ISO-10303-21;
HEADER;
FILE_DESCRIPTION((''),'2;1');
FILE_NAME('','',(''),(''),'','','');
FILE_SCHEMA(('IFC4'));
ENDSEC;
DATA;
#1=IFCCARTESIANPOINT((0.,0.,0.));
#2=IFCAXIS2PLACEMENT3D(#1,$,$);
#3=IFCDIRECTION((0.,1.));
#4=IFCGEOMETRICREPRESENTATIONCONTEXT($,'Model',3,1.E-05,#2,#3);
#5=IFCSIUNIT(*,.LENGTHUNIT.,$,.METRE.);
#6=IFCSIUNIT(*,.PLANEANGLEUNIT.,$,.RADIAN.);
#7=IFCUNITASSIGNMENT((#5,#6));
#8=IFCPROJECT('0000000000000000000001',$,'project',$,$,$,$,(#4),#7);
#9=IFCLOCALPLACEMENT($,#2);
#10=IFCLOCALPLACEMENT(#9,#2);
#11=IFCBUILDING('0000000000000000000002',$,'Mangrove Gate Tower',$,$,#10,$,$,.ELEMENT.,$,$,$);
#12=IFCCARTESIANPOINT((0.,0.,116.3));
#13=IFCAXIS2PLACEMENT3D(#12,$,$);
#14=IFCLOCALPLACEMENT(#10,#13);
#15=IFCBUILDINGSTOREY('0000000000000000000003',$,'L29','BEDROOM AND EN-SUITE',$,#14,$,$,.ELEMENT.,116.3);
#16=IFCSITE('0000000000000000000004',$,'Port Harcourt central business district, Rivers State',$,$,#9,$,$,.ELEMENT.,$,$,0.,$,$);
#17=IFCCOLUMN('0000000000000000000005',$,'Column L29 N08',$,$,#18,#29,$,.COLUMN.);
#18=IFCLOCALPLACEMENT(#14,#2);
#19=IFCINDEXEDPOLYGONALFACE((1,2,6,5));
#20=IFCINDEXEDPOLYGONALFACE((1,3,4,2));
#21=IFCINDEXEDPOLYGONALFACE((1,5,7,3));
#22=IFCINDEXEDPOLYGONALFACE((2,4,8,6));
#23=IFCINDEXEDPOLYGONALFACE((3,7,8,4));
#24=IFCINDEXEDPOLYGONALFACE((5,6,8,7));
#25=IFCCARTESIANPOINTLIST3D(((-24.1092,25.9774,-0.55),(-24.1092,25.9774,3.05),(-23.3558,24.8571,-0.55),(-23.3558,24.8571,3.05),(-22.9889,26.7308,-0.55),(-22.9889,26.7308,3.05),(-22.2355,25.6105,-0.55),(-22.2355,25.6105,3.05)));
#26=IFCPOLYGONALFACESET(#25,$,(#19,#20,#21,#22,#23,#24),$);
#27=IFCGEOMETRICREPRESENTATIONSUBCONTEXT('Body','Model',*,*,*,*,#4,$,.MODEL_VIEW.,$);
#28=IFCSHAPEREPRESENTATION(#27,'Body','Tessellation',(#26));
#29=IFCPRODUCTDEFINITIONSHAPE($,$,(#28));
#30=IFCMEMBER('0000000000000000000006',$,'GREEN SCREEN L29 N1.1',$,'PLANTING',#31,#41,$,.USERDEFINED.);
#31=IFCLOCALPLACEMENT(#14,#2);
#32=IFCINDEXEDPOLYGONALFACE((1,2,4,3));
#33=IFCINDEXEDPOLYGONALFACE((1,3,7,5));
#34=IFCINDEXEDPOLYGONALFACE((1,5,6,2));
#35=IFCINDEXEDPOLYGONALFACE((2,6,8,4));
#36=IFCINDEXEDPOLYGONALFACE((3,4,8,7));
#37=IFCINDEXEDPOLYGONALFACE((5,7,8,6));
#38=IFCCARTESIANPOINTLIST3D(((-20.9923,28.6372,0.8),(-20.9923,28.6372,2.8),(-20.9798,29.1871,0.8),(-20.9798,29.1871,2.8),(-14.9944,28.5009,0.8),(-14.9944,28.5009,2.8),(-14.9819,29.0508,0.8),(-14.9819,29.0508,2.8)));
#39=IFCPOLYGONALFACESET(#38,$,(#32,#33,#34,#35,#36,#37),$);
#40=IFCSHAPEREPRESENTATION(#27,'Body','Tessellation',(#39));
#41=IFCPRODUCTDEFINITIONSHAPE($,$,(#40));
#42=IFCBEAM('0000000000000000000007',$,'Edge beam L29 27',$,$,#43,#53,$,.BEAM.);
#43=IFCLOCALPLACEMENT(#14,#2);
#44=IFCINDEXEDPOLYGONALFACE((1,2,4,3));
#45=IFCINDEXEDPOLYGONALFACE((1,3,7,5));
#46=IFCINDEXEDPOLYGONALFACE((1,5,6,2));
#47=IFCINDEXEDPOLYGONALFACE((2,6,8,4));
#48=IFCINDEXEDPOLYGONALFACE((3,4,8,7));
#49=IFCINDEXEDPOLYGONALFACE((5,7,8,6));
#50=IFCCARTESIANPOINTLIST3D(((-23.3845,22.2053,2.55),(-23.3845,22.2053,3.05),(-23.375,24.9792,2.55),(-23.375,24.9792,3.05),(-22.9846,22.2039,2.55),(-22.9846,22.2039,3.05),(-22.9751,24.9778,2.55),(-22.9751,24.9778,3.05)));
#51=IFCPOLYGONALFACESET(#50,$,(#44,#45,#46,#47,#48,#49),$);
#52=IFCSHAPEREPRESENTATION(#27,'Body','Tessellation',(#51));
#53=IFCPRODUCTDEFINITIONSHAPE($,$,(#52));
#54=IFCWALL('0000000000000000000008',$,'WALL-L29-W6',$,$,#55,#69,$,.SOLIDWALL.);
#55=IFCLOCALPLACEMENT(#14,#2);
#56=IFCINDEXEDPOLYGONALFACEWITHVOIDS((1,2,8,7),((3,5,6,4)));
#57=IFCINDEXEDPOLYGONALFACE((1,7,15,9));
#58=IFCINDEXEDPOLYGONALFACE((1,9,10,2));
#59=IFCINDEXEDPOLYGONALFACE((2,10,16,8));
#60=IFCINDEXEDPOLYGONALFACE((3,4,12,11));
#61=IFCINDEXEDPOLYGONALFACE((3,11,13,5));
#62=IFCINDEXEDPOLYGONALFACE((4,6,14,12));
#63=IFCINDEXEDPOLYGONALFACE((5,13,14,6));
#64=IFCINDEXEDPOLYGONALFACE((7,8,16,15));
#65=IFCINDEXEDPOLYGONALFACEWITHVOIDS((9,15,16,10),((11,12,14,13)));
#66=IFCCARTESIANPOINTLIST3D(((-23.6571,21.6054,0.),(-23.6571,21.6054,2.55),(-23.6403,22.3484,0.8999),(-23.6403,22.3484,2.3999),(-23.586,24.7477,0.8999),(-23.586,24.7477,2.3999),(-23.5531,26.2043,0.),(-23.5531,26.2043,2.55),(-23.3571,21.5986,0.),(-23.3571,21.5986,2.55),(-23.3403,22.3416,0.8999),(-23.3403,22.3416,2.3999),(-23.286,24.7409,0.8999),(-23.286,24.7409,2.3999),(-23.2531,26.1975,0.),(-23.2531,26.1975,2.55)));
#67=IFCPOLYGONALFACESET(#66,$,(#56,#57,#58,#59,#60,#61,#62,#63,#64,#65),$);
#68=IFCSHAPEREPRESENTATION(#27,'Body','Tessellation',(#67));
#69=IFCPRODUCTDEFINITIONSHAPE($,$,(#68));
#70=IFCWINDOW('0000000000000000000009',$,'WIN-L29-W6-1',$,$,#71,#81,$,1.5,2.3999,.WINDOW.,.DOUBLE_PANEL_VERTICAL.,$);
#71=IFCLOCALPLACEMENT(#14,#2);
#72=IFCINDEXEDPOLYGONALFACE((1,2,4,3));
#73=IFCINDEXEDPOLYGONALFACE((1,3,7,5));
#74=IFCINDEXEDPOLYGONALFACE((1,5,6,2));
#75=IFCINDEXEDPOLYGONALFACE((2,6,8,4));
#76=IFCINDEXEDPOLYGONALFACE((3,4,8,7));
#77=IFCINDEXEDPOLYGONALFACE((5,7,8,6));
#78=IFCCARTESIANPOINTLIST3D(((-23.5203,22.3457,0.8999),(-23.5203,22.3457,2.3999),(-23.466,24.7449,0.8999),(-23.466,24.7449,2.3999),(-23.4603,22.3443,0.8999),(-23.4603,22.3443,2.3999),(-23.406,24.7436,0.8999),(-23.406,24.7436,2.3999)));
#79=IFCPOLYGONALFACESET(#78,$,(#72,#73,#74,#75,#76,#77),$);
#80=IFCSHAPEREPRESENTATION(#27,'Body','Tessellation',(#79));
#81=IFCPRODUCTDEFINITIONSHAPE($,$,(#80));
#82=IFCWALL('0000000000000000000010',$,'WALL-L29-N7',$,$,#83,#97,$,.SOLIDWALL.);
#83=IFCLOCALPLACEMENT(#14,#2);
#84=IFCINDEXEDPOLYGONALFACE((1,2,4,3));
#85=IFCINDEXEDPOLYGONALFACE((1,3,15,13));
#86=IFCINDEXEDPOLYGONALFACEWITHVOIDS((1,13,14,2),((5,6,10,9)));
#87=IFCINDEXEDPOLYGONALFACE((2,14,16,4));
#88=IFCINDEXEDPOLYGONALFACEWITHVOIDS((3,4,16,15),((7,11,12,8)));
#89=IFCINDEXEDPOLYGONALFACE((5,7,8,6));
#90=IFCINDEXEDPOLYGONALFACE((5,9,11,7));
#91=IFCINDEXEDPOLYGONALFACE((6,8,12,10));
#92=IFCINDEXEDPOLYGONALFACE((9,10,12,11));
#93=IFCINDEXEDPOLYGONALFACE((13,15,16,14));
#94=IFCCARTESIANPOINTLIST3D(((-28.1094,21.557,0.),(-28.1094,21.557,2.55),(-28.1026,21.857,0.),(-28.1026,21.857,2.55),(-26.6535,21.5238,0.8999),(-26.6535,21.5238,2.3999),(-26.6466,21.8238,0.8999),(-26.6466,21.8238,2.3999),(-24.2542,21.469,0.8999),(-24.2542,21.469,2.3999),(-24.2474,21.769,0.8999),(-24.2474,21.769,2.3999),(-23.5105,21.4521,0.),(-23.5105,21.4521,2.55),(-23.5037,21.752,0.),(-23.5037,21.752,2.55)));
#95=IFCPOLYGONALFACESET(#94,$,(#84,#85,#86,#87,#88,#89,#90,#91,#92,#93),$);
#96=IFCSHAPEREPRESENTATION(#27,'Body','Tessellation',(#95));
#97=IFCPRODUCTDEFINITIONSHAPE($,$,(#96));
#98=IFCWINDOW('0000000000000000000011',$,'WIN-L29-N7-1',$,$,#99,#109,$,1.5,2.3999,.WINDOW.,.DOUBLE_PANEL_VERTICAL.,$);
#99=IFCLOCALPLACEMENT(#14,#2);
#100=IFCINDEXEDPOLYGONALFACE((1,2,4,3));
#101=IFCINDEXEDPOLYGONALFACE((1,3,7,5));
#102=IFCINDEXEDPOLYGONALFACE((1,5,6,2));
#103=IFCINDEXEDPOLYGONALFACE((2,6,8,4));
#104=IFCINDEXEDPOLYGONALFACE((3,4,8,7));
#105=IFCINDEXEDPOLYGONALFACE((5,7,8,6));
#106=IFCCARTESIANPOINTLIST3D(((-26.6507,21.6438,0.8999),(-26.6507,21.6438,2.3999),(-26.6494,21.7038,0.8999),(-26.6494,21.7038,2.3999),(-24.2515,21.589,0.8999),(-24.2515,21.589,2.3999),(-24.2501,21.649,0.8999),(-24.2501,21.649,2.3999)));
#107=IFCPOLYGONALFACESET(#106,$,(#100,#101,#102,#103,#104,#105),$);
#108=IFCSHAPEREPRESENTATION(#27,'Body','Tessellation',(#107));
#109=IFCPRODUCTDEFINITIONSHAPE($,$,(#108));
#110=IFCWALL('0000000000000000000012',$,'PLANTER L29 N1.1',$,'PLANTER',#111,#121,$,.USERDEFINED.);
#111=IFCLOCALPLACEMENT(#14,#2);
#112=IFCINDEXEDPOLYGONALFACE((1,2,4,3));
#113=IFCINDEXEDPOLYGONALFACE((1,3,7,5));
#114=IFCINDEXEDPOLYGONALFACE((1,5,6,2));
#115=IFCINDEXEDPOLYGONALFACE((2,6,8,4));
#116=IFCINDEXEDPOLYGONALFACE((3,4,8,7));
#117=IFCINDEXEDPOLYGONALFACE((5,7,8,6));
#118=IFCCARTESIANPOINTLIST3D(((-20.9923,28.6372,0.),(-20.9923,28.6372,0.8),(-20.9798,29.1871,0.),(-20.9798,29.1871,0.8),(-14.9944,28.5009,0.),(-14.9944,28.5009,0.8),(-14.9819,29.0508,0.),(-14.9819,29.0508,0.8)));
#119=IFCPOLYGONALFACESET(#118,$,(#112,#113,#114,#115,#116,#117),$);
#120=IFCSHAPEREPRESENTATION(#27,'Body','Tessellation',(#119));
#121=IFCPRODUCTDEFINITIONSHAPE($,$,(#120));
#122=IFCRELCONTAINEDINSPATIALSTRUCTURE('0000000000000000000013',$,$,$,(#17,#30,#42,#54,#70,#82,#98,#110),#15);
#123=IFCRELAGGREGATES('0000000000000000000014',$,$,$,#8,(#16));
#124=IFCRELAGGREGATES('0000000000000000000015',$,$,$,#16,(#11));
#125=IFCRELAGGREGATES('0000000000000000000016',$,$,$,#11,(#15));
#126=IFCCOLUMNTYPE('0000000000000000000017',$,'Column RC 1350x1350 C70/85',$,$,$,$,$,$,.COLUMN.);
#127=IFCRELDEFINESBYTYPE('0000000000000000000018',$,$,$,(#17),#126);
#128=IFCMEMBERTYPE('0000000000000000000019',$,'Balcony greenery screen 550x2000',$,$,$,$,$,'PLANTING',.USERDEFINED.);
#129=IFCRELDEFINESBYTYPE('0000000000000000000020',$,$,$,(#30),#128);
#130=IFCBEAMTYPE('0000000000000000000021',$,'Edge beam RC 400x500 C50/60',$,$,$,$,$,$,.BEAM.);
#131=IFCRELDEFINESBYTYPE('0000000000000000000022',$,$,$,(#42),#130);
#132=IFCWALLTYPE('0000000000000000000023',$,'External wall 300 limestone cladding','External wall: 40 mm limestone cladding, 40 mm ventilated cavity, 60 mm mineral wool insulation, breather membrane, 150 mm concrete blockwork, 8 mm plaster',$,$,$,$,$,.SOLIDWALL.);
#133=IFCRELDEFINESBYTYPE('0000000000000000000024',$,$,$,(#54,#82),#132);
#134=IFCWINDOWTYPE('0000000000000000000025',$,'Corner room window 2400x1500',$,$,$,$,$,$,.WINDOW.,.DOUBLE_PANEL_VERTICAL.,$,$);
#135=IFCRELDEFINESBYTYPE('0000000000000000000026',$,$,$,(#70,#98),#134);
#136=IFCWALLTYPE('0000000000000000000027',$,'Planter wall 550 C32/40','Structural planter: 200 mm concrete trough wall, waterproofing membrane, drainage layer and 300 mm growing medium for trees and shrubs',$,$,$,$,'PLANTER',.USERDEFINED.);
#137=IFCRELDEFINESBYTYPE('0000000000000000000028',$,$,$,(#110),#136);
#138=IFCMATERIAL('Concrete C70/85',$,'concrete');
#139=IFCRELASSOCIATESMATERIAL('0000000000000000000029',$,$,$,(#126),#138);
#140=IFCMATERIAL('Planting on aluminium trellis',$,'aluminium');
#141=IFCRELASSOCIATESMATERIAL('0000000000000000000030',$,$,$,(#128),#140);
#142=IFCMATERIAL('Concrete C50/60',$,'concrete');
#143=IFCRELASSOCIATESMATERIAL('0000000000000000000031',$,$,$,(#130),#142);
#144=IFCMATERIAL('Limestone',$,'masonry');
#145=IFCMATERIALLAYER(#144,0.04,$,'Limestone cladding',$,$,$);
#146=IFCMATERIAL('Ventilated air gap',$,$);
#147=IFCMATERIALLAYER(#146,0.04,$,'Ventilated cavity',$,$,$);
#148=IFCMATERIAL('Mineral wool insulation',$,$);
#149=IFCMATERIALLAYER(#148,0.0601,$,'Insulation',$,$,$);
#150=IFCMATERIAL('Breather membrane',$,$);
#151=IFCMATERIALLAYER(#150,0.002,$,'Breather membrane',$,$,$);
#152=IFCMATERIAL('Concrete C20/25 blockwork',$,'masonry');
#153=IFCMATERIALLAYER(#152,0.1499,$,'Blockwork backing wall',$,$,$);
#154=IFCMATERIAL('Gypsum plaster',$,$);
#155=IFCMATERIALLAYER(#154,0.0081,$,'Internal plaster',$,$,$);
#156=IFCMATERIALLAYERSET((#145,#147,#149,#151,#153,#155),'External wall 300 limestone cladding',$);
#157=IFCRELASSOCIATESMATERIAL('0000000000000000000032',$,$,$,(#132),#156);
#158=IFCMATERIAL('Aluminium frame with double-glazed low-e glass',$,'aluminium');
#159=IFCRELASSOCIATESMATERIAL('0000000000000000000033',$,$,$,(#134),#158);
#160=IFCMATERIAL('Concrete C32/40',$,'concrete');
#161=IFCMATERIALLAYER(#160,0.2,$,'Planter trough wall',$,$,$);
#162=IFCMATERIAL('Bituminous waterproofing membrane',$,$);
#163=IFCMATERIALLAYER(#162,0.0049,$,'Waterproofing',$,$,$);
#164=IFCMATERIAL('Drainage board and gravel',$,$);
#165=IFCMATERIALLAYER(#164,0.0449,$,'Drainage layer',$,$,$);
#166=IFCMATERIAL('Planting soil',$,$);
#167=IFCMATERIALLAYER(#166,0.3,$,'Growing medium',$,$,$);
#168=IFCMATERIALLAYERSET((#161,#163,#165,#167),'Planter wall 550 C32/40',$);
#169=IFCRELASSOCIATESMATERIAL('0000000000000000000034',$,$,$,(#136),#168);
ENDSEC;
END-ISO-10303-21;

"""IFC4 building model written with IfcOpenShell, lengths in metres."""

from ifc_helpers import new_model, si_unit, direction, frame, frame_2d, origin, origin_2d, place, context, subcontext, project, spatial, rectangle, extrude, material, layer, layer_set, material_profile, profile_set, type_object, element, fill, save


model = new_model("IFC4")

# Units and contexts
model_context = context("Model", 3, precision=1e-05, world=origin(), true_north=direction((0.0, 1.0)))
body_context = subcontext(model_context, "Body", "Model", "MODEL_VIEW")
ifc_project = project(units=[si_unit("LENGTHUNIT", "METRE"), si_unit("PLANEANGLEUNIT", "RADIAN")], contexts=[model_context])

# Site, building, storey
site_placement = place(None, origin())
site = spatial("IfcSite", under=ifc_project, at=site_placement, Name="Port Harcourt central business district, Rivers State", CompositionType="ELEMENT", RefElevation=0.0)
building_placement = place(site_placement, origin())
building = spatial("IfcBuilding", under=site, at=building_placement, Name="Mangrove Gate Tower", CompositionType="ELEMENT")
storey_placement = place(building_placement, frame((0.0, 0.0, 116.3)))
storey = spatial("IfcBuildingStorey", under=building, at=storey_placement, Name="L29", Description="BEDROOM AND EN-SUITE", CompositionType="ELEMENT", Elevation=116.3)

# Column
ifc_material_1 = material(Name="Concrete C70/85", Category="concrete")
ifc_material_profile_1 = material_profile(ifc_material_1, rectangle(XDim=1.3501, YDim=1.3501, at=origin_2d()))
ifc_profile_set_1 = profile_set([ifc_material_profile_1], Name="Concrete C70/85")
column_type = type_object("IfcColumnType", Name="Column RC 1350x1350 C70/85", PredefinedType="COLUMN", material=ifc_profile_set_1)
column_placement = place(storey_placement, frame((-23.1724, 25.7939, -0.55), z_axis=(0.0, 0.0, 1.0), x_axis=(-0.829826, -0.558023, 0.0)))
element("IfcColumn", 1, at=column_placement, inside=storey, type_object=column_type, Name="Column L29 N08", PredefinedType="COLUMN", context=body_context, shape_type="SweptSolid", body=[
    extrude(rectangle(XDim=1.3501, YDim=1.3501, at=origin_2d()), origin(), (0.0, 0.0, 1.0), 3.6001),
])

# Member
ifc_material_2 = material(Name="Planting on aluminium trellis", Category="aluminium")
ifc_material_profile_2 = material_profile(ifc_material_2, rectangle(XDim=0.55, YDim=2.0, at=origin_2d()))
ifc_profile_set_2 = profile_set([ifc_material_profile_2], Name="Planting on aluminium trellis")
member_type = type_object("IfcMemberType", Name="Balcony greenery screen 550x2000", ElementType="PLANTING", PredefinedType="USERDEFINED", material=ifc_profile_set_2)
member_placement = place(storey_placement, frame((-20.9861, 28.9121, 1.8), z_axis=(0.999742, -0.022707, 0.0), x_axis=(0.022707, 0.999742, 0.0)))
element("IfcMember", 2, at=member_placement, inside=storey, type_object=member_type, Name="GREEN SCREEN L29 N1.1", ObjectType="PLANTING", PredefinedType="USERDEFINED", context=body_context, shape_type="SweptSolid", body=[
    extrude(rectangle(XDim=0.55, YDim=2.0, at=origin_2d()), origin(), (0.0, 0.0, 1.0), 5.9995),
])

# Beam
ifc_material_3 = material(Name="Concrete C50/60", Category="concrete")
ifc_material_profile_3 = material_profile(ifc_material_3, rectangle(XDim=0.3999, YDim=0.5, at=origin_2d()))
ifc_profile_set_3 = profile_set([ifc_material_profile_3], Name="Concrete C50/60")
beam_type = type_object("IfcBeamType", Name="Edge beam RC 400x500 C50/60", PredefinedType="BEAM", material=ifc_profile_set_3)
beam_placement = place(storey_placement, frame((-23.175, 24.9785, 2.8), z_axis=(-0.003432, -0.999994, 0.0), x_axis=(0.999994, -0.003432, 0.0)))
element("IfcBeam", 3, at=beam_placement, inside=storey, type_object=beam_type, Name="Edge beam L29 27", PredefinedType="BEAM", context=body_context, shape_type="SweptSolid", body=[
    extrude(rectangle(XDim=0.3999, YDim=0.5, at=origin_2d()), origin(), (0.0, 0.0, 1.0), 2.7739),
])

# Walls, openings, windows
ifc_material_4 = material(Name="Limestone", Category="masonry")
ifc_layer_1 = layer(ifc_material_4, 0.04, Name="Limestone cladding")
ifc_material_5 = material(Name="Ventilated air gap")
ifc_layer_2 = layer(ifc_material_5, 0.04, Name="Ventilated cavity")
ifc_material_6 = material(Name="Mineral wool insulation")
ifc_layer_3 = layer(ifc_material_6, 0.0601, Name="Insulation")
ifc_material_7 = material(Name="Breather membrane")
ifc_layer_4 = layer(ifc_material_7, 0.002, Name="Breather membrane")
ifc_material_8 = material(Name="Concrete C20/25 blockwork", Category="masonry")
ifc_layer_5 = layer(ifc_material_8, 0.1499, Name="Blockwork backing wall")
ifc_material_9 = material(Name="Gypsum plaster")
ifc_layer_6 = layer(ifc_material_9, 0.0081, Name="Internal plaster")
ifc_layer_set_1 = layer_set([ifc_layer_1, ifc_layer_2, ifc_layer_3, ifc_layer_4, ifc_layer_5, ifc_layer_6], Name="External wall 300 limestone cladding")
wall_type_1 = type_object("IfcWallType", Name="External wall 300 limestone cladding", Description="External wall: 40 mm limestone cladding, 40 mm ventilated cavity, 60 mm mineral wool insulation, breather membrane, 150 mm concrete blockwork, 8 mm plaster", PredefinedType="SOLIDWALL", material=ifc_layer_set_1)
wall_1_placement = place(storey_placement, frame((-23.4031, 26.2009, 0.0), z_axis=(0.0, 0.0, 1.0), x_axis=(-0.022609, -0.999744, 0.0)))
wall_1 = element("IfcWall", 4, at=wall_1_placement, inside=storey, type_object=wall_type_1, Name="WALL-L29-W6", PredefinedType="SOLIDWALL", context=body_context, shape_type="SweptSolid", body=[
    extrude(rectangle(XDim=4.6001, YDim=0.3, at=frame_2d((2.3, 0.0))), origin(), (0.0, 0.0, 1.0), 2.55),
])
opening_1_placement = place(wall_1_placement, frame((1.457, 0.0, 0.8999)))
opening_1 = element("IfcOpeningElement", 5, at=opening_1_placement, cuts=wall_1, PredefinedType="OPENING", context=body_context, shape_type="SweptSolid", body=[
    extrude(rectangle(XDim=2.3999, YDim=1.5, at=frame_2d((1.2, 0.75))), frame((0.0, 0.1599, 0.0), z_axis=(0.0, -1.0, 0.0), x_axis=(1.0, 0.0, 0.0)), (0.0, 0.0, 1.0), 0.3201),
])
ifc_material_10 = material(Name="Aluminium frame with double-glazed low-e glass", Category="aluminium")
window_type = type_object("IfcWindowType", Name="Corner room window 2400x1500", PartitioningType="DOUBLE_PANEL_VERTICAL", PredefinedType="WINDOW", material=ifc_material_10)
window_1_placement = place(opening_1_placement, origin())
window_1 = element("IfcWindow", 6, at=window_1_placement, inside=storey, type_object=window_type, Name="WIN-L29-W6-1", OverallHeight=1.5, OverallWidth=2.3999, PartitioningType="DOUBLE_PANEL_VERTICAL", PredefinedType="WINDOW", context=body_context, shape_type="SweptSolid", body=[
    extrude(rectangle(XDim=2.3999, YDim=1.5, at=frame_2d((1.2, 0.75))), frame((0.0, 0.03, 0.0), z_axis=(0.0, -1.0, 0.0), x_axis=(1.0, 0.0, 0.0)), (0.0, 0.0, 1.0), 0.0601),
])
fill(opening_1, window_1)
wall_2_placement = place(storey_placement, frame((-23.5071, 21.6021, 0.0), z_axis=(0.0, 0.0, 1.0), x_axis=(-0.99974, 0.022821, 0.0)))
wall_2 = element("IfcWall", 7, at=wall_2_placement, inside=storey, type_object=wall_type_1, Name="WALL-L29-N7", PredefinedType="SOLIDWALL", context=body_context, shape_type="SweptSolid", body=[
    extrude(rectangle(XDim=4.6001, YDim=0.3, at=frame_2d((2.3, 0.0))), origin(), (0.0, 0.0, 1.0), 2.55),
])
opening_2_placement = place(wall_2_placement, frame((0.7439, 0.0, 0.8999)))
opening_2 = element("IfcOpeningElement", 8, at=opening_2_placement, cuts=wall_2, PredefinedType="OPENING", context=body_context, shape_type="SweptSolid", body=[
    extrude(rectangle(XDim=2.3999, YDim=1.5, at=frame_2d((1.2, 0.75))), frame((0.0, 0.1599, 0.0), z_axis=(0.0, -1.0, 0.0), x_axis=(1.0, 0.0, 0.0)), (0.0, 0.0, 1.0), 0.3201),
])
window_2_placement = place(opening_2_placement, origin())
window_2 = element("IfcWindow", 9, at=window_2_placement, inside=storey, type_object=window_type, Name="WIN-L29-N7-1", OverallHeight=1.5, OverallWidth=2.3999, PartitioningType="DOUBLE_PANEL_VERTICAL", PredefinedType="WINDOW", context=body_context, shape_type="SweptSolid", body=[
    extrude(rectangle(XDim=2.3999, YDim=1.5, at=frame_2d((1.2, 0.75))), frame((0.0, 0.03, 0.0), z_axis=(0.0, -1.0, 0.0), x_axis=(1.0, 0.0, 0.0)), (0.0, 0.0, 1.0), 0.0601),
])
fill(opening_2, window_2)

# Wall
ifc_material_11 = material(Name="Concrete C32/40", Category="concrete")
ifc_layer_7 = layer(ifc_material_11, 0.2, Name="Planter trough wall")
ifc_material_12 = material(Name="Bituminous waterproofing membrane")
ifc_layer_8 = layer(ifc_material_12, 0.0049, Name="Waterproofing")
ifc_material_13 = material(Name="Drainage board and gravel")
ifc_layer_9 = layer(ifc_material_13, 0.0449, Name="Drainage layer")
ifc_material_14 = material(Name="Planting soil")
ifc_layer_10 = layer(ifc_material_14, 0.3, Name="Growing medium")
ifc_layer_set_2 = layer_set([ifc_layer_7, ifc_layer_8, ifc_layer_9, ifc_layer_10], Name="Planter wall 550 C32/40")
wall_type_2 = type_object("IfcWallType", Name="Planter wall 550 C32/40", Description="Structural planter: 200 mm concrete trough wall, waterproofing membrane, drainage layer and 300 mm growing medium for trees and shrubs", ElementType="PLANTER", PredefinedType="USERDEFINED", material=ifc_layer_set_2)
wall_3_placement = place(storey_placement, frame((-20.9861, 28.9121, 0.0), z_axis=(0.0, 0.0, 1.0), x_axis=(0.999742, -0.022707, 0.0)))
element("IfcWall", 10, at=wall_3_placement, inside=storey, type_object=wall_type_2, Name="PLANTER L29 N1.1", ObjectType="PLANTER", PredefinedType="USERDEFINED", context=body_context, shape_type="SweptSolid", body=[
    extrude(rectangle(XDim=5.9995, YDim=0.55, at=frame_2d((2.9998, 0.0))), origin(), (0.0, 0.0, 1.0), 0.8),
])

save(model, "model.ifc")
